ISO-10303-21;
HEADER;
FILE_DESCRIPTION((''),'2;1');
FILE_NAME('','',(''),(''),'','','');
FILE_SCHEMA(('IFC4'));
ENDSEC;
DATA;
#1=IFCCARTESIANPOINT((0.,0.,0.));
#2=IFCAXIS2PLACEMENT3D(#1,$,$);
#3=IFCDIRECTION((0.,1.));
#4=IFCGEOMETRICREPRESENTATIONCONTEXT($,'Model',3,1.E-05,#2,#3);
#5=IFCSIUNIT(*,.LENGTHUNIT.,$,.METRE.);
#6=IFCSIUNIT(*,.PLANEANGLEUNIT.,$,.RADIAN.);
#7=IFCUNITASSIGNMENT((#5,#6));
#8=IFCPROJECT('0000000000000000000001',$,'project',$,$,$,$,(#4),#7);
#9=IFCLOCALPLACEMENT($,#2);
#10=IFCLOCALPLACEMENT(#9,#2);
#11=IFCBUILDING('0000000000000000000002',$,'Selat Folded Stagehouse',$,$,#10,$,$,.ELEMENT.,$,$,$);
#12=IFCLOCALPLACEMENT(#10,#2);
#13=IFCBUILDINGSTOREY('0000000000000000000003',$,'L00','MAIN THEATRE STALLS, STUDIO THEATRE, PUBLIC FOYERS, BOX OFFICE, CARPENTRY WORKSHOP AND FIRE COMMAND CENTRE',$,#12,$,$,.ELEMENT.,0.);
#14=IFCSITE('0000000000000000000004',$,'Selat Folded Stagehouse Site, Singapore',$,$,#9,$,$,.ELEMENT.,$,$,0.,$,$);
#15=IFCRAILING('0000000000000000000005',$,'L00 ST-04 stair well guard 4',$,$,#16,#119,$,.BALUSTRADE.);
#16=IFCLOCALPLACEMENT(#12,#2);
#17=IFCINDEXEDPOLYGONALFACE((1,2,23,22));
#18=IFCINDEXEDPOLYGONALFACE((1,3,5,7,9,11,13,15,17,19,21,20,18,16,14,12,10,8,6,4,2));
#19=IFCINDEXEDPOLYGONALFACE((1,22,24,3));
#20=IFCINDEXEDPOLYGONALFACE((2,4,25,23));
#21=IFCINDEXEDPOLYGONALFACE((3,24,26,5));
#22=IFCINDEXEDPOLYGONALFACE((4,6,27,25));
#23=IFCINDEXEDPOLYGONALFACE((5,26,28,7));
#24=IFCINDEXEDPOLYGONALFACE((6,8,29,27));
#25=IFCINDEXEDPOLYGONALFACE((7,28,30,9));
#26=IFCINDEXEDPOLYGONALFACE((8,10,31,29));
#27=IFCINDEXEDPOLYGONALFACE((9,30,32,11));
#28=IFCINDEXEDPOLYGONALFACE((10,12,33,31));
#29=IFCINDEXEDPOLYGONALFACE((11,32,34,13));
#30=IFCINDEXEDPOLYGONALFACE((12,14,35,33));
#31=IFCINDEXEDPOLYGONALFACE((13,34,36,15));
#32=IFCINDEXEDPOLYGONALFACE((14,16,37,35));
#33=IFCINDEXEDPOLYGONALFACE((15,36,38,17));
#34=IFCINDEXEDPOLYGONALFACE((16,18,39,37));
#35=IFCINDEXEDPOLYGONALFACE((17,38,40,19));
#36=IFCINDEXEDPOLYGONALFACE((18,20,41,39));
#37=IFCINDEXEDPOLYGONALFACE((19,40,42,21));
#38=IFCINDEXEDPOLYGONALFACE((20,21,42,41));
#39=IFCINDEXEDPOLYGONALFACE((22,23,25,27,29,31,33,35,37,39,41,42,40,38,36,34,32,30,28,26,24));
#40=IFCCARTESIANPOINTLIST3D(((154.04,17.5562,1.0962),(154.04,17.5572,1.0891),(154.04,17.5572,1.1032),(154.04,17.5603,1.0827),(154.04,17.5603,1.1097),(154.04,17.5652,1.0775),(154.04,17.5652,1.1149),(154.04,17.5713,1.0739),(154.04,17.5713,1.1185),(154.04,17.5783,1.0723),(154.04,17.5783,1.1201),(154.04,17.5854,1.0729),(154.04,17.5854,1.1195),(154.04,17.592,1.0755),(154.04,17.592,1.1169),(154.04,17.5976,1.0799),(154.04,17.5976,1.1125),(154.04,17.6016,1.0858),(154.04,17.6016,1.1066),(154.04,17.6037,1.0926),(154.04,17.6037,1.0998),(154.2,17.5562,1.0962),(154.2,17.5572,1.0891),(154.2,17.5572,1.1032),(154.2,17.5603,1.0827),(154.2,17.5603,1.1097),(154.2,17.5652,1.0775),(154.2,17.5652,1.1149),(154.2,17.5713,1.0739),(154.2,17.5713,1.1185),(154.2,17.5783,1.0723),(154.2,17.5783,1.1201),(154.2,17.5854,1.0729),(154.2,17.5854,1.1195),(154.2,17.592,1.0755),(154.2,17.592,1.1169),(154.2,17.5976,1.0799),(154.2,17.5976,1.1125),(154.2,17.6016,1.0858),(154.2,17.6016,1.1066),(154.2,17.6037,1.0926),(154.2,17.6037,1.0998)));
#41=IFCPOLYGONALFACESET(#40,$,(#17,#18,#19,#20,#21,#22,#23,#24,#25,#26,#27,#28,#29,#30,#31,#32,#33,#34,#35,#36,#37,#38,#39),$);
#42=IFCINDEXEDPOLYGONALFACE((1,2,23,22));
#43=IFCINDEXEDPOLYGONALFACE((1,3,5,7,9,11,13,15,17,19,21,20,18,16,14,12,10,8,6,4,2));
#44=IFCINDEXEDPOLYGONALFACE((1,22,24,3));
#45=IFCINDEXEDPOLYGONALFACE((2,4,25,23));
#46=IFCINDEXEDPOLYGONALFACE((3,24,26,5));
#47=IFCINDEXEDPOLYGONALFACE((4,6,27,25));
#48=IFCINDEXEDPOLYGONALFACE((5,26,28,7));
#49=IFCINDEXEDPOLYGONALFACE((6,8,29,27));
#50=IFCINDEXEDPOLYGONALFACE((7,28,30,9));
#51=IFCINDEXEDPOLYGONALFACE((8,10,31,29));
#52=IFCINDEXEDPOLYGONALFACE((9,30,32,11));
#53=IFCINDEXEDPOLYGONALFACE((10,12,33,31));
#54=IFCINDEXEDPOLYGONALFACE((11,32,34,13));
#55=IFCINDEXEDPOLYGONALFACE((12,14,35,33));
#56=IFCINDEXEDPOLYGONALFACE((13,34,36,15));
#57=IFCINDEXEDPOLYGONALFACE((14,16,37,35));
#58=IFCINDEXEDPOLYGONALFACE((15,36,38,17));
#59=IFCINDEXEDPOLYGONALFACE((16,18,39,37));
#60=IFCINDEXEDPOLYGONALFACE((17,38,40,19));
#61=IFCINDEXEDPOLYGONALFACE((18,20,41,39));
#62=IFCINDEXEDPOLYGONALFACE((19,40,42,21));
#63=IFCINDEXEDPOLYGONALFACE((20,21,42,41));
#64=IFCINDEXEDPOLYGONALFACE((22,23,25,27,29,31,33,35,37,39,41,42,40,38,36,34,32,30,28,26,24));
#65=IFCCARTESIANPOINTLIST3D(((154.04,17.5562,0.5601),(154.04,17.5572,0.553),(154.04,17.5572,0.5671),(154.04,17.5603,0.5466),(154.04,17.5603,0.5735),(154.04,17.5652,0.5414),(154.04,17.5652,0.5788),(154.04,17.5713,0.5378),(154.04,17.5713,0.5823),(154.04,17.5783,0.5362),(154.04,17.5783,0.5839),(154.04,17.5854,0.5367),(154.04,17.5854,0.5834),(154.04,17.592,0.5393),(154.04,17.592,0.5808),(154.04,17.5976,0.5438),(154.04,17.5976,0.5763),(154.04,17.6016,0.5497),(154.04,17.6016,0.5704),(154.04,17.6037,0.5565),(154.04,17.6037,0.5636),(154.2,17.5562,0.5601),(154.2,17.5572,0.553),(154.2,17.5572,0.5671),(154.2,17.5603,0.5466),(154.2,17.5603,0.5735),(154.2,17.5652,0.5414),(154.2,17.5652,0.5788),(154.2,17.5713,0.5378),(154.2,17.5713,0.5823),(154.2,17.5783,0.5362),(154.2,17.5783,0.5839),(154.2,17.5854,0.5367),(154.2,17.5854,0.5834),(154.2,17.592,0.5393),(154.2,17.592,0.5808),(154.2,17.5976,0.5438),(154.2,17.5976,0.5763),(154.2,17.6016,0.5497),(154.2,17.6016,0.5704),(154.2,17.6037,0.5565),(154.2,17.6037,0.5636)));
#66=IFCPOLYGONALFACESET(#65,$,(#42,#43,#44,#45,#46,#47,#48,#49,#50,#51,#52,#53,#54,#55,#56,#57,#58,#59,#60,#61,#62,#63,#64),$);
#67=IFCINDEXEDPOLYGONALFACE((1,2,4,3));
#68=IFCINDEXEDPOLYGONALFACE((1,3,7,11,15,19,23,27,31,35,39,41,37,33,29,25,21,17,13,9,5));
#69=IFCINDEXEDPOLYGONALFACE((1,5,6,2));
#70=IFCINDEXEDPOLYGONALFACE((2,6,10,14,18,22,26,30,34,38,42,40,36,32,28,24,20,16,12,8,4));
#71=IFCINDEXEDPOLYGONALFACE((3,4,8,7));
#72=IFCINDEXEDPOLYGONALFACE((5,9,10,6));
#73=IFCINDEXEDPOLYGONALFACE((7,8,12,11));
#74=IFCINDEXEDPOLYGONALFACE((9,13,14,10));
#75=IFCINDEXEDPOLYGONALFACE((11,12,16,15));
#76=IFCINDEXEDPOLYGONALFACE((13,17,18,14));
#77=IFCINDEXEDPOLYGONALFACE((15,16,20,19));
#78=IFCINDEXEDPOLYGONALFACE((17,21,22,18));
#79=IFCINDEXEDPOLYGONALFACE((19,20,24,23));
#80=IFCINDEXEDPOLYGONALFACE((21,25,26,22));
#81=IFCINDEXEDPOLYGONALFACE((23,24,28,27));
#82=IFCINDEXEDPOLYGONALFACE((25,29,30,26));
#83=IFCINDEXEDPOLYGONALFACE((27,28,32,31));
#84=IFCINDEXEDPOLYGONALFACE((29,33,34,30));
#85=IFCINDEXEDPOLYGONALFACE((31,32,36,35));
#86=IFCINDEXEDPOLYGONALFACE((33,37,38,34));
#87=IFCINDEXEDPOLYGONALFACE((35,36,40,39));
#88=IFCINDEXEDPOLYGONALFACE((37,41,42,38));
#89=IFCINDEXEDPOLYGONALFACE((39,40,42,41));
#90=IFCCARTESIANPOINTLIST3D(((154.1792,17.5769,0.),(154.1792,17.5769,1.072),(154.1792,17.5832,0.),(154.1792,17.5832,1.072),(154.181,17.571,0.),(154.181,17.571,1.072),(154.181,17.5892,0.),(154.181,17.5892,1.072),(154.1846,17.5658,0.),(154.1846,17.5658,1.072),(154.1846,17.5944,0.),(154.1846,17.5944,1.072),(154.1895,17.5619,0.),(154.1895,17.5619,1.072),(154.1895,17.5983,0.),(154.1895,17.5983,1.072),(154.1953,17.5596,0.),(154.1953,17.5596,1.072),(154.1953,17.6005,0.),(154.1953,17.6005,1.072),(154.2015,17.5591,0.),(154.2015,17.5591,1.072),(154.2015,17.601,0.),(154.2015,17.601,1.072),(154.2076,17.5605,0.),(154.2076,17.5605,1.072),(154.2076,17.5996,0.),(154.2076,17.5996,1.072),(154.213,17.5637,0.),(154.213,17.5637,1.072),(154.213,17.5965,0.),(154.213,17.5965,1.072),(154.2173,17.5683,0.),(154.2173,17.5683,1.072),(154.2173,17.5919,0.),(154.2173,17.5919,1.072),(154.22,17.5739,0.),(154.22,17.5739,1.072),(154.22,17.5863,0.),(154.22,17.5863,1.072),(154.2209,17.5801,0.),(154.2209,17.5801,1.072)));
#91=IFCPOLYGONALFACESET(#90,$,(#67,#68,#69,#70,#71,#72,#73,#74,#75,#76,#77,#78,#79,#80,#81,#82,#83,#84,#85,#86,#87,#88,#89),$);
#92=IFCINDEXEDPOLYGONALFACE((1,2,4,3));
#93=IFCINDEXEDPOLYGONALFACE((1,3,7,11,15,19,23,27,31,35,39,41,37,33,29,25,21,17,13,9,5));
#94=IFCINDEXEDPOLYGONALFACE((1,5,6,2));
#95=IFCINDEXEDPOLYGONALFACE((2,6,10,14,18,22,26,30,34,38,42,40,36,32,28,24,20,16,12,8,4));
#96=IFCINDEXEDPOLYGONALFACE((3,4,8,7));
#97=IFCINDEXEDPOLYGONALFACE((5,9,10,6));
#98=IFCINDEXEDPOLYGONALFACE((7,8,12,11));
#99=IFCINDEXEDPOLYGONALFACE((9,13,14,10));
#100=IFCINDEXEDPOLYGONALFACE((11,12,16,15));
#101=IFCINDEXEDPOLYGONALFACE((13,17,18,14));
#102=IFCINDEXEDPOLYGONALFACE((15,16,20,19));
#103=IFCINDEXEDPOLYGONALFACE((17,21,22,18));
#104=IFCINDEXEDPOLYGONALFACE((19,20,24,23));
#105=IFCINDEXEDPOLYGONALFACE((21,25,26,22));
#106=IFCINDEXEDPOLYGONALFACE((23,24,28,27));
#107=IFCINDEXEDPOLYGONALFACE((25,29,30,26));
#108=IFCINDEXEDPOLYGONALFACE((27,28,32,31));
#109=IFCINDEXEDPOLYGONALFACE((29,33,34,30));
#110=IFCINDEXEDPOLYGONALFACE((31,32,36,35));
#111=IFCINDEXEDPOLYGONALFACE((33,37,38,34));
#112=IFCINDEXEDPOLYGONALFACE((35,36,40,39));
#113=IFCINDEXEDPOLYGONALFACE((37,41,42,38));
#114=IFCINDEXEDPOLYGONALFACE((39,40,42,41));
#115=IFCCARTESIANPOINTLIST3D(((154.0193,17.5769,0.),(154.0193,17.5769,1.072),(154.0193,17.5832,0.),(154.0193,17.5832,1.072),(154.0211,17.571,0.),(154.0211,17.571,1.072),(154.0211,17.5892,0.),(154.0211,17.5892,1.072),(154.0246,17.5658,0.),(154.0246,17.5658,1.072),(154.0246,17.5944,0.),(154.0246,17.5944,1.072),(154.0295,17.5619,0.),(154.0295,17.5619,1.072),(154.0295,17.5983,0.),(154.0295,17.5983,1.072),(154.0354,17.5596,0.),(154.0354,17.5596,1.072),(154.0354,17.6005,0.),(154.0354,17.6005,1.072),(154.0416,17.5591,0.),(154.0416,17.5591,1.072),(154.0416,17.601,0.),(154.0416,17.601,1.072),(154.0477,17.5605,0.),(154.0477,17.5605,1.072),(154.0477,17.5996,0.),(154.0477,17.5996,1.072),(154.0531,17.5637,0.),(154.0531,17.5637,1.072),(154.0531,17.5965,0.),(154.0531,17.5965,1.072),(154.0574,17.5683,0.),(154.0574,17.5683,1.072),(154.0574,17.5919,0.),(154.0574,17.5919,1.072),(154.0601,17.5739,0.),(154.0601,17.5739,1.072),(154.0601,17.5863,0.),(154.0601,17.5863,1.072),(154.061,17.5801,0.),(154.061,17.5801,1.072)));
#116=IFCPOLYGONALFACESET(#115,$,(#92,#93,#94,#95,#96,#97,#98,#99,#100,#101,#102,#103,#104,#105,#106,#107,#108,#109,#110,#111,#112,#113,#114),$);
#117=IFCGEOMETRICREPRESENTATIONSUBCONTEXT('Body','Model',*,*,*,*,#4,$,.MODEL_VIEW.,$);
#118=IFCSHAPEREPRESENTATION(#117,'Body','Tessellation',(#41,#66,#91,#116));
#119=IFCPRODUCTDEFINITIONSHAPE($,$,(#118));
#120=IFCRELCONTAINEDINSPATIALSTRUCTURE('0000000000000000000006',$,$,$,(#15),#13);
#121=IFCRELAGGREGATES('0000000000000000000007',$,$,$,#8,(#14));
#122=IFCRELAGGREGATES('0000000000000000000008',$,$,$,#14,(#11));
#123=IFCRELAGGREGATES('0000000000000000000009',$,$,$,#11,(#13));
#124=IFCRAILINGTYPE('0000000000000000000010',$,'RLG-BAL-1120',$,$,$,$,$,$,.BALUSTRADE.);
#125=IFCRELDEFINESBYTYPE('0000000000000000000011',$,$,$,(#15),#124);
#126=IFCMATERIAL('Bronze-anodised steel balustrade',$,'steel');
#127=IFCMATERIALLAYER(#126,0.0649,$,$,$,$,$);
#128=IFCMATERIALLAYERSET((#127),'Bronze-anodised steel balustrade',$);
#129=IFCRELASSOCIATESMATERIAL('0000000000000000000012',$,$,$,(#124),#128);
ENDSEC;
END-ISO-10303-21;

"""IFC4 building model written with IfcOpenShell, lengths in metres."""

from ifc_helpers import new_model, si_unit, direction, frame, origin, origin_2d, place, context, subcontext, project, spatial, circle, extrude, material, layer, layer_set, type_object, element, save


model = new_model("IFC4")

# Units and contexts
model_context = context("Model", 3, precision=1e-05, world=origin(), true_north=direction((0.0, 1.0)))
body_context = subcontext(model_context, "Body", "Model", "MODEL_VIEW")
ifc_project = project(units=[si_unit("LENGTHUNIT", "METRE"), si_unit("PLANEANGLEUNIT", "RADIAN")], contexts=[model_context])

# Site, building, storey
site_placement = place(None, origin())
site = spatial("IfcSite", under=ifc_project, at=site_placement, Name="Selat Folded Stagehouse Site, Singapore", CompositionType="ELEMENT", RefElevation=0.0)
building_placement = place(site_placement, origin())
building = spatial("IfcBuilding", under=site, at=building_placement, Name="Selat Folded Stagehouse", CompositionType="ELEMENT")
storey_placement = place(building_placement, origin())
storey = spatial("IfcBuildingStorey", under=building, at=storey_placement, Name="L00", Description="MAIN THEATRE STALLS, STUDIO THEATRE, PUBLIC FOYERS, BOX OFFICE, CARPENTRY WORKSHOP AND FIRE COMMAND CENTRE", CompositionType="ELEMENT", Elevation=0.0)

# Railing
ifc_material_1 = material(Name="Bronze-anodised steel balustrade", Category="steel")
ifc_layer_1 = layer(ifc_material_1, 0.0649)
ifc_layer_set_1 = layer_set([ifc_layer_1], Name="Bronze-anodised steel balustrade")
railing_type_1 = type_object("IfcRailingType", Name="RLG-BAL-1120", PredefinedType="BALUSTRADE", material=ifc_layer_set_1)
railing_1_placement = place(storey_placement, frame((154.2, 17.5801, 0.0)))
element("IfcRailing", 1, at=railing_1_placement, inside=storey, type_object=railing_type_1, Name="L00 ST-04 stair well guard 4", PredefinedType="BALUSTRADE", context=body_context, shape_type="SweptSolid", body=[
    extrude(circle(Radius=0.0239, at=origin_2d()), frame((0.0, 0.0, 1.0962), z_axis=(-1.0, 0.0, 0.0), x_axis=(0.0, -1.0, 0.0)), (0.0, 0.0, 1.0), 0.1599),
    extrude(circle(Radius=0.0239, at=origin_2d()), frame((0.0, 0.0, 0.5601), z_axis=(-1.0, 0.0, 0.0), x_axis=(0.0, -1.0, 0.0)), (0.0, 0.0, 1.0), 0.1599),
    extrude(circle(Radius=0.021, at=origin_2d()), origin(), (0.0, 0.0, 1.0), 1.072),
    extrude(circle(Radius=0.021, at=origin_2d()), frame((-0.1599, 0.0, 0.0)), (0.0, 0.0, 1.0), 1.072),
])

save(model, "model.ifc")
